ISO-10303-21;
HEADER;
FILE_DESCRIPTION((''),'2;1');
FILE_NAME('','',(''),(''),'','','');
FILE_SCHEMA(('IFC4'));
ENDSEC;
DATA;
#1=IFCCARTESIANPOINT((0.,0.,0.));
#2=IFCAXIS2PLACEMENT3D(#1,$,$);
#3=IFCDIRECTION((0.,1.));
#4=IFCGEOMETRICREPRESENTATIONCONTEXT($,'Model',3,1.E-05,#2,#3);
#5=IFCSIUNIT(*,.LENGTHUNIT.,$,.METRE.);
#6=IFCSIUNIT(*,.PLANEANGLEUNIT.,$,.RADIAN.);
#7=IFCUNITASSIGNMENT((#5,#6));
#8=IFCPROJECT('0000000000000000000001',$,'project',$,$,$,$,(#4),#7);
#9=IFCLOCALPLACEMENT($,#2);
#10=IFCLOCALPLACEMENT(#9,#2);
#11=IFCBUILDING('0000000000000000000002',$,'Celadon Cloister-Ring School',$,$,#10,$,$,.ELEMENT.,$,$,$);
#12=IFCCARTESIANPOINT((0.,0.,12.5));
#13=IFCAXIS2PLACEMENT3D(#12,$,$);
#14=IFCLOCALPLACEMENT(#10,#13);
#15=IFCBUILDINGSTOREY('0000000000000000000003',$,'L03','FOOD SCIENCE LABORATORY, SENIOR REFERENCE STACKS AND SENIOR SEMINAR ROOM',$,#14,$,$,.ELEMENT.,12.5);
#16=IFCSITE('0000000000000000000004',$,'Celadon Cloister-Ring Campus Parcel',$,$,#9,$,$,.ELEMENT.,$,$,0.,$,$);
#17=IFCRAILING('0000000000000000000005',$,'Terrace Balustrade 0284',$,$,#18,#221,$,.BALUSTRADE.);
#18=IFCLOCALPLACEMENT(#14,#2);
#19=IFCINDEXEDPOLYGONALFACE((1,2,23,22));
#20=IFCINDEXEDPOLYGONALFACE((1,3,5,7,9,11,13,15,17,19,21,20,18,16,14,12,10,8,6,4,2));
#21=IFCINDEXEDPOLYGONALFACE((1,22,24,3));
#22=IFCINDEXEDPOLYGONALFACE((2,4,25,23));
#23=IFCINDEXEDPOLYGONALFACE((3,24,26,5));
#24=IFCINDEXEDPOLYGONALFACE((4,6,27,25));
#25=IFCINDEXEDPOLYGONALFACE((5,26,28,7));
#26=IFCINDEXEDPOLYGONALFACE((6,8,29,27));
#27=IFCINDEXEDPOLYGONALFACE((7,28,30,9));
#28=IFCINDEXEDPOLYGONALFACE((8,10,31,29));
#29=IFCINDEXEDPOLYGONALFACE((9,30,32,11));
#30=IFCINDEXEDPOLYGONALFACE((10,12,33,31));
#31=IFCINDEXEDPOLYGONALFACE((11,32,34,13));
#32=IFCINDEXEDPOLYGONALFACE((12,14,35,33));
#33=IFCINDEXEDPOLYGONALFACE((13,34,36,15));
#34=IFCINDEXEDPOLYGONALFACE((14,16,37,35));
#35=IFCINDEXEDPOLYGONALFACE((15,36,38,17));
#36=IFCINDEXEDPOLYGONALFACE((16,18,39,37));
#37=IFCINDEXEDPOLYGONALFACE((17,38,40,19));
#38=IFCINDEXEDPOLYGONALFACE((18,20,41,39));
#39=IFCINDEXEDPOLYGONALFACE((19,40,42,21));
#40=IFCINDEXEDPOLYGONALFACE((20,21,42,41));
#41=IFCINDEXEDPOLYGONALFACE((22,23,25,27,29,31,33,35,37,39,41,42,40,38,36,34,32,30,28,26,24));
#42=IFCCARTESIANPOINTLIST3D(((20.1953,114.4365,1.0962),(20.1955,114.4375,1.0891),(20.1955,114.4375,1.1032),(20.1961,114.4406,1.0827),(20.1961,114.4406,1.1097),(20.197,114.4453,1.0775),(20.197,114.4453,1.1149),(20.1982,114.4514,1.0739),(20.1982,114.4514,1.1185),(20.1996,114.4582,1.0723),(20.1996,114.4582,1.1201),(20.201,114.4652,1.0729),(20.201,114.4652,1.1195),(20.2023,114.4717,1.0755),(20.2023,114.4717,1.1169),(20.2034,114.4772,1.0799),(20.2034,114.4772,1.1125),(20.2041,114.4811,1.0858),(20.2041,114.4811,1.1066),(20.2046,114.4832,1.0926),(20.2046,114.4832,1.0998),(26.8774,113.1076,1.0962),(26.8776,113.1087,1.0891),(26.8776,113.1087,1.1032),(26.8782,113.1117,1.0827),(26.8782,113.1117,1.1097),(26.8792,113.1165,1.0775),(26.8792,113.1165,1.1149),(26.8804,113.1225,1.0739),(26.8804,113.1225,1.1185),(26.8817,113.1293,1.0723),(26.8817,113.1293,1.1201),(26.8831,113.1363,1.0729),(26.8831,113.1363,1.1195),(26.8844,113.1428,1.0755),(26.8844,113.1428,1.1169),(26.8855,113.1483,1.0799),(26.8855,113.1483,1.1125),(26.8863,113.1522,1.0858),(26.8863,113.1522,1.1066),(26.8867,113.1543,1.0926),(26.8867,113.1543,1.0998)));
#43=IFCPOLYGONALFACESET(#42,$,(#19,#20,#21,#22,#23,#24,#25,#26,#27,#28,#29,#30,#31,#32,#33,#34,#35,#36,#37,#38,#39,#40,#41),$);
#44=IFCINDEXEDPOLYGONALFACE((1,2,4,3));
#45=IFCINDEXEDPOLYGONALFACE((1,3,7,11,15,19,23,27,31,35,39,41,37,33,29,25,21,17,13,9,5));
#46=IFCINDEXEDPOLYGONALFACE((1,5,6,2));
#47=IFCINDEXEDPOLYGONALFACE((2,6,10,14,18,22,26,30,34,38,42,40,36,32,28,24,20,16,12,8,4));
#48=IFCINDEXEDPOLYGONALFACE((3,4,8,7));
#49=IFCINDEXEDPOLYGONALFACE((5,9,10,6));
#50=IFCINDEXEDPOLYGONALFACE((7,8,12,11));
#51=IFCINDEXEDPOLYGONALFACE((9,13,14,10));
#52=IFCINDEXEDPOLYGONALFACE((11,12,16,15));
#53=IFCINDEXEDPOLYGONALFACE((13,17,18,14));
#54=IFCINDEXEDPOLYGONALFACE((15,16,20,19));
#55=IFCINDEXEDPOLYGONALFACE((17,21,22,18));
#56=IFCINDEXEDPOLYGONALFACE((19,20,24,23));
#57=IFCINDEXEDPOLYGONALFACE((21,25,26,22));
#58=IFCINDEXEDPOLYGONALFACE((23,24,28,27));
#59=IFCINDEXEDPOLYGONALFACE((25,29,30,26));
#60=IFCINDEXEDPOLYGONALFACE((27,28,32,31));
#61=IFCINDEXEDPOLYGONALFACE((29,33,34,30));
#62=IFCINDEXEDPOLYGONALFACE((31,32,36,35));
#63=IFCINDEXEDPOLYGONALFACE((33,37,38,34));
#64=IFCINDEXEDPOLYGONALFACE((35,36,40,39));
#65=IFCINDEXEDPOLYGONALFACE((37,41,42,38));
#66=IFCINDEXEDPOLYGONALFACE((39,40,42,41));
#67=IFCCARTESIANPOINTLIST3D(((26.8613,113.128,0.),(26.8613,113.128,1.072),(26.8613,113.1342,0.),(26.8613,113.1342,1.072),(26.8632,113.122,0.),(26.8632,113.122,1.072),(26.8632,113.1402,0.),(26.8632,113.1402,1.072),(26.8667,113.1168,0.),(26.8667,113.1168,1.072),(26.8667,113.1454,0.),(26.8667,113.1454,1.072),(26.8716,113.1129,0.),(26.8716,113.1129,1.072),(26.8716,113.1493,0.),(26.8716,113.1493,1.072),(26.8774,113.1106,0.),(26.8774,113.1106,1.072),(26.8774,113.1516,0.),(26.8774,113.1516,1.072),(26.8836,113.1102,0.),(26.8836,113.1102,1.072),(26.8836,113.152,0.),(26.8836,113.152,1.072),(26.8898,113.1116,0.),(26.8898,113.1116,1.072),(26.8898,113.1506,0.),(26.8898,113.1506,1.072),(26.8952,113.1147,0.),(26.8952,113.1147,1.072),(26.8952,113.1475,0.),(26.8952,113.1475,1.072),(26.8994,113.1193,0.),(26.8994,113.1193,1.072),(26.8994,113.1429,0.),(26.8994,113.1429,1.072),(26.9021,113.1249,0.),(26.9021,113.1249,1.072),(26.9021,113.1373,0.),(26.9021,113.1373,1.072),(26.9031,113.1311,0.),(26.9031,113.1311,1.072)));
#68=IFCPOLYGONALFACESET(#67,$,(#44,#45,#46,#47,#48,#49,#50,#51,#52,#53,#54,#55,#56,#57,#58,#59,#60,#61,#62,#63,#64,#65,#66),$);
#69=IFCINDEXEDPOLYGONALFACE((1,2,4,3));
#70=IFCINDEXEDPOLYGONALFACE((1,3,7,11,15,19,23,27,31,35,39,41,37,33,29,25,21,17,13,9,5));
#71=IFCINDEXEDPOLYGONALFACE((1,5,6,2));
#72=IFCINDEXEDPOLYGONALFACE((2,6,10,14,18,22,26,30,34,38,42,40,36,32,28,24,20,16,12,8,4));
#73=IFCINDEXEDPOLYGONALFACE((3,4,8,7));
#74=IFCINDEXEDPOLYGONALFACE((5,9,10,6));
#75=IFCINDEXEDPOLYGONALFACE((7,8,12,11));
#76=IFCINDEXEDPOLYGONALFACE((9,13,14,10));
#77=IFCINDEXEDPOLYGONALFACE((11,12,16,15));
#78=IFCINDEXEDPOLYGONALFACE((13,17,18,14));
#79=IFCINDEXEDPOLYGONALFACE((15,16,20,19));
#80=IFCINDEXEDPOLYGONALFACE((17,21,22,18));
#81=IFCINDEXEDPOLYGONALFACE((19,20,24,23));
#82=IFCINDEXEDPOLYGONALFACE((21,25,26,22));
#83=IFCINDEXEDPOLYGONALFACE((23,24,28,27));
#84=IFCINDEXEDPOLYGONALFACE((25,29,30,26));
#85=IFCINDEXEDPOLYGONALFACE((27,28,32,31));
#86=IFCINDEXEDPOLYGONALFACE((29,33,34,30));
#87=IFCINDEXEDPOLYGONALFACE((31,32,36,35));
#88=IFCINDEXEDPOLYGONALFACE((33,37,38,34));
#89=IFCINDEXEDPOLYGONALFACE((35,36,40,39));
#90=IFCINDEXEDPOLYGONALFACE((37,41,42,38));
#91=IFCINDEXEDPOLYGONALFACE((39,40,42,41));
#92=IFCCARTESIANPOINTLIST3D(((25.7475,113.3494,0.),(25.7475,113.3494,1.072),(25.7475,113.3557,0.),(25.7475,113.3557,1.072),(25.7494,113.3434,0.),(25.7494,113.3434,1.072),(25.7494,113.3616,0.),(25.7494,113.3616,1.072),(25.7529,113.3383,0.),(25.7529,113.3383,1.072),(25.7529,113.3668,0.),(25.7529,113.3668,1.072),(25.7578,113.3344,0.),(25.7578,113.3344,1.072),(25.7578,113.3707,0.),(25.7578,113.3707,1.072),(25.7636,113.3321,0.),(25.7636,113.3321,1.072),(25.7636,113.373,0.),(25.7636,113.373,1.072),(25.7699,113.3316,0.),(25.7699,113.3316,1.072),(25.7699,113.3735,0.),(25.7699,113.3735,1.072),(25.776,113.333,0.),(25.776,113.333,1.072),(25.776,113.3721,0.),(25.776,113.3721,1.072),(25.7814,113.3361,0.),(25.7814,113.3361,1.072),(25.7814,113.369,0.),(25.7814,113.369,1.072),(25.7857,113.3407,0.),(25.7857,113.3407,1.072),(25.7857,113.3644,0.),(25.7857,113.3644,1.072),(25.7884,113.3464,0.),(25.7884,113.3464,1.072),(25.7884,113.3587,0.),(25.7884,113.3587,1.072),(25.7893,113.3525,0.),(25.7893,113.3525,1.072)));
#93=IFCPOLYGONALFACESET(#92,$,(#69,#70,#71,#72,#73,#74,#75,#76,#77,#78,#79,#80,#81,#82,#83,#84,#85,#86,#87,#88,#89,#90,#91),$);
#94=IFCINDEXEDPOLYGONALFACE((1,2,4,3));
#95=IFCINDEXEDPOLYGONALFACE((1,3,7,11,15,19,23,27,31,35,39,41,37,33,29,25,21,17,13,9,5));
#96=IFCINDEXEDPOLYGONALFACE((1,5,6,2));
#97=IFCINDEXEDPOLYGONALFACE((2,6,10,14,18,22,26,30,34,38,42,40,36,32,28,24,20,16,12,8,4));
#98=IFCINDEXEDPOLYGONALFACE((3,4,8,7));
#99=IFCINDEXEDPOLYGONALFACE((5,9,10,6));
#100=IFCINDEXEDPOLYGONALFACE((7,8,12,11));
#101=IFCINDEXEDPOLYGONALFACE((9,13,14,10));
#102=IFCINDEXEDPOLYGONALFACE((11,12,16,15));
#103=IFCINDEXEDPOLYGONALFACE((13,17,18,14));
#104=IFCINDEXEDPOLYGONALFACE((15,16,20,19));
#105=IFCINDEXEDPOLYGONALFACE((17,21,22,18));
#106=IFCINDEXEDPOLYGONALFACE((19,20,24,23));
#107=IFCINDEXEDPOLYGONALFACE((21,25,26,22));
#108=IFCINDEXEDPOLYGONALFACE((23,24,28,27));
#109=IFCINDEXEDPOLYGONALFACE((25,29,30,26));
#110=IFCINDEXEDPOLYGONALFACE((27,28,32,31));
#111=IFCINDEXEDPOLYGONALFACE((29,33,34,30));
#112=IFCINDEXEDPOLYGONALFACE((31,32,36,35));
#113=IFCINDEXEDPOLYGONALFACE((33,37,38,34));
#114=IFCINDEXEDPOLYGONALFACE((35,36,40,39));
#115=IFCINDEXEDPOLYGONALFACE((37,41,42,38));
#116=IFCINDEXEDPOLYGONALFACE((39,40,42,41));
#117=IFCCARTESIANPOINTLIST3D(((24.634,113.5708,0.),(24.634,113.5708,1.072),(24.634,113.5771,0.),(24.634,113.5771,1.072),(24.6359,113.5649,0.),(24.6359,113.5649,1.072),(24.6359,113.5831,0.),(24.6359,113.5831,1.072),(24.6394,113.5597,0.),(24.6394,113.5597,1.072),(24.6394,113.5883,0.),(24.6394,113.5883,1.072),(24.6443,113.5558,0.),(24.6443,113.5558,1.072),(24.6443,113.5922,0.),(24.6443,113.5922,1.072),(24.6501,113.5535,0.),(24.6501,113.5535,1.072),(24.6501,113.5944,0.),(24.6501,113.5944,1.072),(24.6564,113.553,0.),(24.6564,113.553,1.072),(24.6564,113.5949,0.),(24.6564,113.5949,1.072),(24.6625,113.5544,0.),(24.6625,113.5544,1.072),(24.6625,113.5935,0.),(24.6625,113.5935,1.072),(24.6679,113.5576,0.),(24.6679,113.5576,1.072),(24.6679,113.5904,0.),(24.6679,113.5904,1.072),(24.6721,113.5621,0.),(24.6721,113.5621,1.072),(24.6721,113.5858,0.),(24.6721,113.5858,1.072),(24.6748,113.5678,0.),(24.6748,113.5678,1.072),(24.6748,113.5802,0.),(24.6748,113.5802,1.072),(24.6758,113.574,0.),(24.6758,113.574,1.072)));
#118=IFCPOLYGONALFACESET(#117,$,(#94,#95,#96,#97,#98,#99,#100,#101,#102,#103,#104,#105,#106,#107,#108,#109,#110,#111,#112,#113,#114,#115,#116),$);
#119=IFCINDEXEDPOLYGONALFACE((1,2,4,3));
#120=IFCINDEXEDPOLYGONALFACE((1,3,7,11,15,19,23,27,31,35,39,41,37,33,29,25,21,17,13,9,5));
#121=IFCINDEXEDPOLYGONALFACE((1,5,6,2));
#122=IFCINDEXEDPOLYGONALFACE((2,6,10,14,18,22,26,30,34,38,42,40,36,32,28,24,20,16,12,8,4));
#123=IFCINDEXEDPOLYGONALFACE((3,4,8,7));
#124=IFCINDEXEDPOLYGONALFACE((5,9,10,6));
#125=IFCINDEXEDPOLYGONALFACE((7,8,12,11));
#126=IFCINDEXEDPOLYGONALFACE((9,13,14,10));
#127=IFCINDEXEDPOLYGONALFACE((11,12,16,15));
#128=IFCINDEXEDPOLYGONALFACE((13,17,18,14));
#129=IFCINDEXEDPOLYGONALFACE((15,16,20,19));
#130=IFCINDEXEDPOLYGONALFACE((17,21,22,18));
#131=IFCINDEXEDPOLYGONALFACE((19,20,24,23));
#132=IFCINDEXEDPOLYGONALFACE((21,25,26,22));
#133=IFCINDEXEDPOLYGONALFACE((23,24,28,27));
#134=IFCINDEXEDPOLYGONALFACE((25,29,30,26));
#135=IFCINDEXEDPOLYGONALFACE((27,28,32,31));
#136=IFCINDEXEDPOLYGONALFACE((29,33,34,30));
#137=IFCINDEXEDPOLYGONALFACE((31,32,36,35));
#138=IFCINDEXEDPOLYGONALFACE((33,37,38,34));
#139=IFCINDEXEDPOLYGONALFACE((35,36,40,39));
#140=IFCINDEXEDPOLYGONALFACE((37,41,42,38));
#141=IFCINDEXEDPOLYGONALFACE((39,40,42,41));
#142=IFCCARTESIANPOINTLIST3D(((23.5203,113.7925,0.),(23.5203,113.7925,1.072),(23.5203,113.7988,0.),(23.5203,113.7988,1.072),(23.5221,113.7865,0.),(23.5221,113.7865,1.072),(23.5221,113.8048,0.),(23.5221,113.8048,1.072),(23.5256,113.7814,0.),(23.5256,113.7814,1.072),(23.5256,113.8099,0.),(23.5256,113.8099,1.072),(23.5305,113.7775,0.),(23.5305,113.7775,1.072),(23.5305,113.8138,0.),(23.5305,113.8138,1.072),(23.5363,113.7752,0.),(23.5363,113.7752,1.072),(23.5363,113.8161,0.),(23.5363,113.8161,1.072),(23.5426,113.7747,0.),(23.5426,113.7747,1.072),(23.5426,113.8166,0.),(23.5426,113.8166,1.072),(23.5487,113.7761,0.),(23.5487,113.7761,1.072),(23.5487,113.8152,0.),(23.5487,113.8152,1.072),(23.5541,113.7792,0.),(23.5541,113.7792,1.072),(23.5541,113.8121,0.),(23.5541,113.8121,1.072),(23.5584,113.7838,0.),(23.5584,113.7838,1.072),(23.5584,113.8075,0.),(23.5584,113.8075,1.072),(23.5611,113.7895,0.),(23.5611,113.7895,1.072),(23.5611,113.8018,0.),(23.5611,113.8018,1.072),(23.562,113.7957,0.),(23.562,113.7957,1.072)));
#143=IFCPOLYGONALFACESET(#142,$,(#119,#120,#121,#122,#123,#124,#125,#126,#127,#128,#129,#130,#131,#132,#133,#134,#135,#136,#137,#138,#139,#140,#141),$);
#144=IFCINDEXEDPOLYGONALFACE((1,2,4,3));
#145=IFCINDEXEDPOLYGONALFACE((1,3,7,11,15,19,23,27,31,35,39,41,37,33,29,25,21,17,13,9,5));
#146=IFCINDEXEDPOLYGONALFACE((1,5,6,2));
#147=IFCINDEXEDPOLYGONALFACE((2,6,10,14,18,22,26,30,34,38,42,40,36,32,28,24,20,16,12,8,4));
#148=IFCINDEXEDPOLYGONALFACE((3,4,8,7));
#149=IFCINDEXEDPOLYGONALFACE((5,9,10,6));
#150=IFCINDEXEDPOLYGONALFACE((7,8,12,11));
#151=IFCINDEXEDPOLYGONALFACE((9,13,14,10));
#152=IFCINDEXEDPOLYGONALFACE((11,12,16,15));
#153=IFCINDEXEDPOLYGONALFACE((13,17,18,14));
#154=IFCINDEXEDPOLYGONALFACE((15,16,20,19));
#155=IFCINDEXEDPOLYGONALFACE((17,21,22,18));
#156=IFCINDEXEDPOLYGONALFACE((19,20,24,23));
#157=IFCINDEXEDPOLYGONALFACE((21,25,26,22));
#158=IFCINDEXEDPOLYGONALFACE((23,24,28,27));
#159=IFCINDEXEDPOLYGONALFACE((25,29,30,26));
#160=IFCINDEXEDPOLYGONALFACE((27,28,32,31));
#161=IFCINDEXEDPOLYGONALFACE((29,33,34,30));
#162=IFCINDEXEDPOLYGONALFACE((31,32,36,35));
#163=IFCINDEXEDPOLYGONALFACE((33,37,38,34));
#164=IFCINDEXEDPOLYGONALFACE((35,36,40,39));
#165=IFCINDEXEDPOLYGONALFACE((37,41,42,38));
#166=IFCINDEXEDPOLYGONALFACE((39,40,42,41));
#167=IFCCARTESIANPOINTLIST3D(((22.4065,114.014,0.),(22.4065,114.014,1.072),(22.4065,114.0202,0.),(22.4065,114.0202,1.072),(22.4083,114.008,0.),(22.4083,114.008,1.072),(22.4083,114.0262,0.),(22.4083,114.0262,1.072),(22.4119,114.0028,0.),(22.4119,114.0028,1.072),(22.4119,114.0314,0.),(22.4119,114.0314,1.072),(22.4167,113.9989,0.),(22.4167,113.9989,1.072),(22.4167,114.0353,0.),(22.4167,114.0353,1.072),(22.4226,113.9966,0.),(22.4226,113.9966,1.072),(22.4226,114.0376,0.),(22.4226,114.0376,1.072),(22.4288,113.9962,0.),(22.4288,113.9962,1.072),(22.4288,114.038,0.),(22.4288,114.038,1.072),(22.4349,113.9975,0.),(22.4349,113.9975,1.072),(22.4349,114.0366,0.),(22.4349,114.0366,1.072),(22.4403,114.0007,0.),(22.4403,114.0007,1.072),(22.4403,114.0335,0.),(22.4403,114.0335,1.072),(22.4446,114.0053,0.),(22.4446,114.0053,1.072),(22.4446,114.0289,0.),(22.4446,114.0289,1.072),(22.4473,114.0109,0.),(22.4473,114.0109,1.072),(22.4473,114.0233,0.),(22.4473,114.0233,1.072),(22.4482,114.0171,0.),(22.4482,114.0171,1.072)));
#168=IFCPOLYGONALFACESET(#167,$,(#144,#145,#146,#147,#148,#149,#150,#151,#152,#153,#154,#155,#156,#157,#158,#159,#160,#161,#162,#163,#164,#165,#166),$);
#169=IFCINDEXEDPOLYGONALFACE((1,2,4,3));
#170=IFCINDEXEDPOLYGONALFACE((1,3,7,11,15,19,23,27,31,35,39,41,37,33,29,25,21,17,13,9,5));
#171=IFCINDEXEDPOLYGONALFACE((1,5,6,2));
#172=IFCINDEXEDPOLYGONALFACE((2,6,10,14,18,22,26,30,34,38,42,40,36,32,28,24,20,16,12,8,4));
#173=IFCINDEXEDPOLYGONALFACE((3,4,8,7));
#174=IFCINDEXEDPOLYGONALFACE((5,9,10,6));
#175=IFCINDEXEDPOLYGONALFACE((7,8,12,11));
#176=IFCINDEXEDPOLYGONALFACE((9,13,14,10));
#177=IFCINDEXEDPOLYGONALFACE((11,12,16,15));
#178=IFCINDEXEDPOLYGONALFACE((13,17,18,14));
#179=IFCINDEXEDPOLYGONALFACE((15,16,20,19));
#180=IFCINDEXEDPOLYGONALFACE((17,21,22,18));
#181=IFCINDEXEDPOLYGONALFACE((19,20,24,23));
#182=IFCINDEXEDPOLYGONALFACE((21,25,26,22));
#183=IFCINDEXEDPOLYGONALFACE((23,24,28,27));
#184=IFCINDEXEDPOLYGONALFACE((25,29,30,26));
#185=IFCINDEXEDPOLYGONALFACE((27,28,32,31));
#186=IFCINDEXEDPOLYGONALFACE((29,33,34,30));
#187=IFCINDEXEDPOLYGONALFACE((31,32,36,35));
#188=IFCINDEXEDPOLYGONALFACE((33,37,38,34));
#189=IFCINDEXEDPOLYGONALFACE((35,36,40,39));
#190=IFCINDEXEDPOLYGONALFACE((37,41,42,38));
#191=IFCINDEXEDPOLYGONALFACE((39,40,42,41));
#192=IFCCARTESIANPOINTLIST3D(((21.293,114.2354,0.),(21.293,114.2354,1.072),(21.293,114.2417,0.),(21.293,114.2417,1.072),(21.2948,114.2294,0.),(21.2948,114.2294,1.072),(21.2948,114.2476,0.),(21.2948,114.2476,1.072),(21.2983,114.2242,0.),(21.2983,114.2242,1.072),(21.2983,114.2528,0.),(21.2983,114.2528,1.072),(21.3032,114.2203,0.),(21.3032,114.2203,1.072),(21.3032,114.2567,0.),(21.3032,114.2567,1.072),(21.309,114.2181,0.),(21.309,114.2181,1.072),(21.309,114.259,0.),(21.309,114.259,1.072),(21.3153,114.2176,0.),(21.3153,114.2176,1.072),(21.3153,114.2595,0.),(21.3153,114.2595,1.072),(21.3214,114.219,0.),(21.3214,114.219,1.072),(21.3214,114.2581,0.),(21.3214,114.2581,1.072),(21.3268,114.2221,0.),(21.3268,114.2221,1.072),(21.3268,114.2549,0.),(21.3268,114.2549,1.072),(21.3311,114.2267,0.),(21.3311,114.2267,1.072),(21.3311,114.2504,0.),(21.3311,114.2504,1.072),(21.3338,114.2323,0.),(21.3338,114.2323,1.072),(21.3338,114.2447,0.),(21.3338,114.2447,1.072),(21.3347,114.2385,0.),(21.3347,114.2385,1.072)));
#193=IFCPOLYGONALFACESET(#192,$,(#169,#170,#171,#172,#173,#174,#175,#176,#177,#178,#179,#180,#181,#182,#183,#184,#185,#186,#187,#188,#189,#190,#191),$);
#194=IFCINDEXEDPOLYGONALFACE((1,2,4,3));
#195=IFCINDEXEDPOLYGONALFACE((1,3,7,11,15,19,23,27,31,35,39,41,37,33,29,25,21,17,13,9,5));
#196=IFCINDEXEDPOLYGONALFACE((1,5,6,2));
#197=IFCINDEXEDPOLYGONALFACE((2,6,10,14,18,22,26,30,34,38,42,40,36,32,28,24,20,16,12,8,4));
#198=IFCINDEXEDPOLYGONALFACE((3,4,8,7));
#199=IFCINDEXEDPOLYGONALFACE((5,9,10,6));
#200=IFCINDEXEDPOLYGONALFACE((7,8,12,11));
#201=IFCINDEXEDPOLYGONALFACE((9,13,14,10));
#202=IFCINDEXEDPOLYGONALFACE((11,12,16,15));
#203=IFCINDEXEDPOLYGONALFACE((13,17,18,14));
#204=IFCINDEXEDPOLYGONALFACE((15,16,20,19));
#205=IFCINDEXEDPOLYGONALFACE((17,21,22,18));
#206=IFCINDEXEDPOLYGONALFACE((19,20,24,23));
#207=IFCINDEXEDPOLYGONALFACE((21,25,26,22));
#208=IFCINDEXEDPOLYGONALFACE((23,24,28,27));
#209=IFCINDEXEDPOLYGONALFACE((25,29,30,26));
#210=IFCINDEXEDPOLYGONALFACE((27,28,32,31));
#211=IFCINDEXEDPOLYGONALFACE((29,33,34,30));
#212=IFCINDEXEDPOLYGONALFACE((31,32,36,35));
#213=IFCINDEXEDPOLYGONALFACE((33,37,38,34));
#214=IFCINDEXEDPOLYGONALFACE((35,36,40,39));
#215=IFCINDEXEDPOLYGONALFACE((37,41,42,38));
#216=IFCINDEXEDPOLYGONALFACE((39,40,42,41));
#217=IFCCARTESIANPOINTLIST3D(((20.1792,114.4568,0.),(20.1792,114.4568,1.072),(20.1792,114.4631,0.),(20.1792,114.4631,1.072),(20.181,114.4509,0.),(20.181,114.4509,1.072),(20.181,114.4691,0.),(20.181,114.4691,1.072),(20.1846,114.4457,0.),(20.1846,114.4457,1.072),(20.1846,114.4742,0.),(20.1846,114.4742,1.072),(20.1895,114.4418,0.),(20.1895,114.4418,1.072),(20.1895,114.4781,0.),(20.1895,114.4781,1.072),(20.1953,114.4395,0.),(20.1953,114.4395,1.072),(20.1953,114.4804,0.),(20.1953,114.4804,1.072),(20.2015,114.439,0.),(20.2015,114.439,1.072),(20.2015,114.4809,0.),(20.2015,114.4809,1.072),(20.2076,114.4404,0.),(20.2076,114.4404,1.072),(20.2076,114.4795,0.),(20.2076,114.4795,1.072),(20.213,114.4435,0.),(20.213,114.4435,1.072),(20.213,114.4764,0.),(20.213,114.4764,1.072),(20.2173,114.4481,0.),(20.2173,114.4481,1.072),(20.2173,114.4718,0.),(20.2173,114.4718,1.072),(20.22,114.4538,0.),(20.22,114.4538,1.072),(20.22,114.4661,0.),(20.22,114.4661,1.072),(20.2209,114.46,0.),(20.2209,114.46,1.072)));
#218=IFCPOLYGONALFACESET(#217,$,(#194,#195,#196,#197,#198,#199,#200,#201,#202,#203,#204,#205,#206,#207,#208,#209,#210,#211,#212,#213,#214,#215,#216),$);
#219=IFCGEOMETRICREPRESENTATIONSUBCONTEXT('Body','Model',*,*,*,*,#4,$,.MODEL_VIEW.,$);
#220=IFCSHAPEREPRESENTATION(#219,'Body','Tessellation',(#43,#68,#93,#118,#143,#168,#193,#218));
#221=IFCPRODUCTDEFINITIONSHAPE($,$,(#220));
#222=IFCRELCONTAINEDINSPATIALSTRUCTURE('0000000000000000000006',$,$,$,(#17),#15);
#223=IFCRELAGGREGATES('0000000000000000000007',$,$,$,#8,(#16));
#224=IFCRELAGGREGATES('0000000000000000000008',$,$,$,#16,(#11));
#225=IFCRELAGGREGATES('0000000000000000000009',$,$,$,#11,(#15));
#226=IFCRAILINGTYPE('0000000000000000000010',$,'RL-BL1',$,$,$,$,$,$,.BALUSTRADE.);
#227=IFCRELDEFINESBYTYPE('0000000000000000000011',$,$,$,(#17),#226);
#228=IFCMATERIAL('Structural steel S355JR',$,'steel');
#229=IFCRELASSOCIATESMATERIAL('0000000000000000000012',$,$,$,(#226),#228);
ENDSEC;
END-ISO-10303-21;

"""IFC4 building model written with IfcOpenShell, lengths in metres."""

from ifc_helpers import new_model, si_unit, direction, frame, origin, origin_2d, place, context, subcontext, project, spatial, circle, extrude, material, type_object, element, save


model = new_model("IFC4")

# Units and contexts
model_context = context("Model", 3, precision=1e-05, world=origin(), true_north=direction((0.0, 1.0)))
body_context = subcontext(model_context, "Body", "Model", "MODEL_VIEW")
ifc_project = project(units=[si_unit("LENGTHUNIT", "METRE"), si_unit("PLANEANGLEUNIT", "RADIAN")], contexts=[model_context])

# Site, building, storey
site_placement = place(None, origin())
site = spatial("IfcSite", under=ifc_project, at=site_placement, Name="Celadon Cloister-Ring Campus Parcel", CompositionType="ELEMENT", RefElevation=0.0)
building_placement = place(site_placement, origin())
building = spatial("IfcBuilding", under=site, at=building_placement, Name="Celadon Cloister-Ring School", CompositionType="ELEMENT")
storey_placement = place(building_placement, frame((0.0, 0.0, 12.5)))
storey = spatial("IfcBuildingStorey", under=building, at=storey_placement, Name="L03", Description="FOOD SCIENCE LABORATORY, SENIOR REFERENCE STACKS AND SENIOR SEMINAR ROOM", CompositionType="ELEMENT", Elevation=12.5)

# Railing
ifc_material_1 = material(Name="Structural steel S355JR", Category="steel")
railing_type = type_object("IfcRailingType", Name="RL-BL1", PredefinedType="BALUSTRADE", material=ifc_material_1)
railing_1_placement = place(storey_placement, frame((26.8821, 113.1311, 0.0)))
element("IfcRailing", 1, at=railing_1_placement, inside=storey, type_object=railing_type, Name="Terrace Balustrade 0284", PredefinedType="BALUSTRADE", context=body_context, shape_type="SweptSolid", body=[
    extrude(circle(Radius=0.0239, at=origin_2d()), frame((0.0, 0.0, 1.0962), z_axis=(-0.980794, 0.195048, 0.0), x_axis=(-0.195048, -0.980794, 0.0)), (0.0, 0.0, 1.0), 6.813),
    extrude(circle(Radius=0.021, at=origin_2d()), origin(), (0.0, 0.0, 1.0), 1.072),
    extrude(circle(Radius=0.021, at=origin_2d()), frame((-1.1138, 0.2214, 0.0)), (0.0, 0.0, 1.0), 1.072),
    extrude(circle(Radius=0.021, at=origin_2d()), frame((-2.2273, 0.4429, 0.0)), (0.0, 0.0, 1.0), 1.072),
    extrude(circle(Radius=0.021, at=origin_2d()), frame((-3.3411, 0.6646, 0.0)), (0.0, 0.0, 1.0), 1.072),
    extrude(circle(Radius=0.021, at=origin_2d()), frame((-4.4548, 0.886, 0.0)), (0.0, 0.0, 1.0), 1.072),
    extrude(circle(Radius=0.021, at=origin_2d()), frame((-5.5684, 1.1074, 0.0)), (0.0, 0.0, 1.0), 1.072),
    extrude(circle(Radius=0.021, at=origin_2d()), frame((-6.6821, 1.3289, 0.0)), (0.0, 0.0, 1.0), 1.072),
])

save(model, "model.ifc")
